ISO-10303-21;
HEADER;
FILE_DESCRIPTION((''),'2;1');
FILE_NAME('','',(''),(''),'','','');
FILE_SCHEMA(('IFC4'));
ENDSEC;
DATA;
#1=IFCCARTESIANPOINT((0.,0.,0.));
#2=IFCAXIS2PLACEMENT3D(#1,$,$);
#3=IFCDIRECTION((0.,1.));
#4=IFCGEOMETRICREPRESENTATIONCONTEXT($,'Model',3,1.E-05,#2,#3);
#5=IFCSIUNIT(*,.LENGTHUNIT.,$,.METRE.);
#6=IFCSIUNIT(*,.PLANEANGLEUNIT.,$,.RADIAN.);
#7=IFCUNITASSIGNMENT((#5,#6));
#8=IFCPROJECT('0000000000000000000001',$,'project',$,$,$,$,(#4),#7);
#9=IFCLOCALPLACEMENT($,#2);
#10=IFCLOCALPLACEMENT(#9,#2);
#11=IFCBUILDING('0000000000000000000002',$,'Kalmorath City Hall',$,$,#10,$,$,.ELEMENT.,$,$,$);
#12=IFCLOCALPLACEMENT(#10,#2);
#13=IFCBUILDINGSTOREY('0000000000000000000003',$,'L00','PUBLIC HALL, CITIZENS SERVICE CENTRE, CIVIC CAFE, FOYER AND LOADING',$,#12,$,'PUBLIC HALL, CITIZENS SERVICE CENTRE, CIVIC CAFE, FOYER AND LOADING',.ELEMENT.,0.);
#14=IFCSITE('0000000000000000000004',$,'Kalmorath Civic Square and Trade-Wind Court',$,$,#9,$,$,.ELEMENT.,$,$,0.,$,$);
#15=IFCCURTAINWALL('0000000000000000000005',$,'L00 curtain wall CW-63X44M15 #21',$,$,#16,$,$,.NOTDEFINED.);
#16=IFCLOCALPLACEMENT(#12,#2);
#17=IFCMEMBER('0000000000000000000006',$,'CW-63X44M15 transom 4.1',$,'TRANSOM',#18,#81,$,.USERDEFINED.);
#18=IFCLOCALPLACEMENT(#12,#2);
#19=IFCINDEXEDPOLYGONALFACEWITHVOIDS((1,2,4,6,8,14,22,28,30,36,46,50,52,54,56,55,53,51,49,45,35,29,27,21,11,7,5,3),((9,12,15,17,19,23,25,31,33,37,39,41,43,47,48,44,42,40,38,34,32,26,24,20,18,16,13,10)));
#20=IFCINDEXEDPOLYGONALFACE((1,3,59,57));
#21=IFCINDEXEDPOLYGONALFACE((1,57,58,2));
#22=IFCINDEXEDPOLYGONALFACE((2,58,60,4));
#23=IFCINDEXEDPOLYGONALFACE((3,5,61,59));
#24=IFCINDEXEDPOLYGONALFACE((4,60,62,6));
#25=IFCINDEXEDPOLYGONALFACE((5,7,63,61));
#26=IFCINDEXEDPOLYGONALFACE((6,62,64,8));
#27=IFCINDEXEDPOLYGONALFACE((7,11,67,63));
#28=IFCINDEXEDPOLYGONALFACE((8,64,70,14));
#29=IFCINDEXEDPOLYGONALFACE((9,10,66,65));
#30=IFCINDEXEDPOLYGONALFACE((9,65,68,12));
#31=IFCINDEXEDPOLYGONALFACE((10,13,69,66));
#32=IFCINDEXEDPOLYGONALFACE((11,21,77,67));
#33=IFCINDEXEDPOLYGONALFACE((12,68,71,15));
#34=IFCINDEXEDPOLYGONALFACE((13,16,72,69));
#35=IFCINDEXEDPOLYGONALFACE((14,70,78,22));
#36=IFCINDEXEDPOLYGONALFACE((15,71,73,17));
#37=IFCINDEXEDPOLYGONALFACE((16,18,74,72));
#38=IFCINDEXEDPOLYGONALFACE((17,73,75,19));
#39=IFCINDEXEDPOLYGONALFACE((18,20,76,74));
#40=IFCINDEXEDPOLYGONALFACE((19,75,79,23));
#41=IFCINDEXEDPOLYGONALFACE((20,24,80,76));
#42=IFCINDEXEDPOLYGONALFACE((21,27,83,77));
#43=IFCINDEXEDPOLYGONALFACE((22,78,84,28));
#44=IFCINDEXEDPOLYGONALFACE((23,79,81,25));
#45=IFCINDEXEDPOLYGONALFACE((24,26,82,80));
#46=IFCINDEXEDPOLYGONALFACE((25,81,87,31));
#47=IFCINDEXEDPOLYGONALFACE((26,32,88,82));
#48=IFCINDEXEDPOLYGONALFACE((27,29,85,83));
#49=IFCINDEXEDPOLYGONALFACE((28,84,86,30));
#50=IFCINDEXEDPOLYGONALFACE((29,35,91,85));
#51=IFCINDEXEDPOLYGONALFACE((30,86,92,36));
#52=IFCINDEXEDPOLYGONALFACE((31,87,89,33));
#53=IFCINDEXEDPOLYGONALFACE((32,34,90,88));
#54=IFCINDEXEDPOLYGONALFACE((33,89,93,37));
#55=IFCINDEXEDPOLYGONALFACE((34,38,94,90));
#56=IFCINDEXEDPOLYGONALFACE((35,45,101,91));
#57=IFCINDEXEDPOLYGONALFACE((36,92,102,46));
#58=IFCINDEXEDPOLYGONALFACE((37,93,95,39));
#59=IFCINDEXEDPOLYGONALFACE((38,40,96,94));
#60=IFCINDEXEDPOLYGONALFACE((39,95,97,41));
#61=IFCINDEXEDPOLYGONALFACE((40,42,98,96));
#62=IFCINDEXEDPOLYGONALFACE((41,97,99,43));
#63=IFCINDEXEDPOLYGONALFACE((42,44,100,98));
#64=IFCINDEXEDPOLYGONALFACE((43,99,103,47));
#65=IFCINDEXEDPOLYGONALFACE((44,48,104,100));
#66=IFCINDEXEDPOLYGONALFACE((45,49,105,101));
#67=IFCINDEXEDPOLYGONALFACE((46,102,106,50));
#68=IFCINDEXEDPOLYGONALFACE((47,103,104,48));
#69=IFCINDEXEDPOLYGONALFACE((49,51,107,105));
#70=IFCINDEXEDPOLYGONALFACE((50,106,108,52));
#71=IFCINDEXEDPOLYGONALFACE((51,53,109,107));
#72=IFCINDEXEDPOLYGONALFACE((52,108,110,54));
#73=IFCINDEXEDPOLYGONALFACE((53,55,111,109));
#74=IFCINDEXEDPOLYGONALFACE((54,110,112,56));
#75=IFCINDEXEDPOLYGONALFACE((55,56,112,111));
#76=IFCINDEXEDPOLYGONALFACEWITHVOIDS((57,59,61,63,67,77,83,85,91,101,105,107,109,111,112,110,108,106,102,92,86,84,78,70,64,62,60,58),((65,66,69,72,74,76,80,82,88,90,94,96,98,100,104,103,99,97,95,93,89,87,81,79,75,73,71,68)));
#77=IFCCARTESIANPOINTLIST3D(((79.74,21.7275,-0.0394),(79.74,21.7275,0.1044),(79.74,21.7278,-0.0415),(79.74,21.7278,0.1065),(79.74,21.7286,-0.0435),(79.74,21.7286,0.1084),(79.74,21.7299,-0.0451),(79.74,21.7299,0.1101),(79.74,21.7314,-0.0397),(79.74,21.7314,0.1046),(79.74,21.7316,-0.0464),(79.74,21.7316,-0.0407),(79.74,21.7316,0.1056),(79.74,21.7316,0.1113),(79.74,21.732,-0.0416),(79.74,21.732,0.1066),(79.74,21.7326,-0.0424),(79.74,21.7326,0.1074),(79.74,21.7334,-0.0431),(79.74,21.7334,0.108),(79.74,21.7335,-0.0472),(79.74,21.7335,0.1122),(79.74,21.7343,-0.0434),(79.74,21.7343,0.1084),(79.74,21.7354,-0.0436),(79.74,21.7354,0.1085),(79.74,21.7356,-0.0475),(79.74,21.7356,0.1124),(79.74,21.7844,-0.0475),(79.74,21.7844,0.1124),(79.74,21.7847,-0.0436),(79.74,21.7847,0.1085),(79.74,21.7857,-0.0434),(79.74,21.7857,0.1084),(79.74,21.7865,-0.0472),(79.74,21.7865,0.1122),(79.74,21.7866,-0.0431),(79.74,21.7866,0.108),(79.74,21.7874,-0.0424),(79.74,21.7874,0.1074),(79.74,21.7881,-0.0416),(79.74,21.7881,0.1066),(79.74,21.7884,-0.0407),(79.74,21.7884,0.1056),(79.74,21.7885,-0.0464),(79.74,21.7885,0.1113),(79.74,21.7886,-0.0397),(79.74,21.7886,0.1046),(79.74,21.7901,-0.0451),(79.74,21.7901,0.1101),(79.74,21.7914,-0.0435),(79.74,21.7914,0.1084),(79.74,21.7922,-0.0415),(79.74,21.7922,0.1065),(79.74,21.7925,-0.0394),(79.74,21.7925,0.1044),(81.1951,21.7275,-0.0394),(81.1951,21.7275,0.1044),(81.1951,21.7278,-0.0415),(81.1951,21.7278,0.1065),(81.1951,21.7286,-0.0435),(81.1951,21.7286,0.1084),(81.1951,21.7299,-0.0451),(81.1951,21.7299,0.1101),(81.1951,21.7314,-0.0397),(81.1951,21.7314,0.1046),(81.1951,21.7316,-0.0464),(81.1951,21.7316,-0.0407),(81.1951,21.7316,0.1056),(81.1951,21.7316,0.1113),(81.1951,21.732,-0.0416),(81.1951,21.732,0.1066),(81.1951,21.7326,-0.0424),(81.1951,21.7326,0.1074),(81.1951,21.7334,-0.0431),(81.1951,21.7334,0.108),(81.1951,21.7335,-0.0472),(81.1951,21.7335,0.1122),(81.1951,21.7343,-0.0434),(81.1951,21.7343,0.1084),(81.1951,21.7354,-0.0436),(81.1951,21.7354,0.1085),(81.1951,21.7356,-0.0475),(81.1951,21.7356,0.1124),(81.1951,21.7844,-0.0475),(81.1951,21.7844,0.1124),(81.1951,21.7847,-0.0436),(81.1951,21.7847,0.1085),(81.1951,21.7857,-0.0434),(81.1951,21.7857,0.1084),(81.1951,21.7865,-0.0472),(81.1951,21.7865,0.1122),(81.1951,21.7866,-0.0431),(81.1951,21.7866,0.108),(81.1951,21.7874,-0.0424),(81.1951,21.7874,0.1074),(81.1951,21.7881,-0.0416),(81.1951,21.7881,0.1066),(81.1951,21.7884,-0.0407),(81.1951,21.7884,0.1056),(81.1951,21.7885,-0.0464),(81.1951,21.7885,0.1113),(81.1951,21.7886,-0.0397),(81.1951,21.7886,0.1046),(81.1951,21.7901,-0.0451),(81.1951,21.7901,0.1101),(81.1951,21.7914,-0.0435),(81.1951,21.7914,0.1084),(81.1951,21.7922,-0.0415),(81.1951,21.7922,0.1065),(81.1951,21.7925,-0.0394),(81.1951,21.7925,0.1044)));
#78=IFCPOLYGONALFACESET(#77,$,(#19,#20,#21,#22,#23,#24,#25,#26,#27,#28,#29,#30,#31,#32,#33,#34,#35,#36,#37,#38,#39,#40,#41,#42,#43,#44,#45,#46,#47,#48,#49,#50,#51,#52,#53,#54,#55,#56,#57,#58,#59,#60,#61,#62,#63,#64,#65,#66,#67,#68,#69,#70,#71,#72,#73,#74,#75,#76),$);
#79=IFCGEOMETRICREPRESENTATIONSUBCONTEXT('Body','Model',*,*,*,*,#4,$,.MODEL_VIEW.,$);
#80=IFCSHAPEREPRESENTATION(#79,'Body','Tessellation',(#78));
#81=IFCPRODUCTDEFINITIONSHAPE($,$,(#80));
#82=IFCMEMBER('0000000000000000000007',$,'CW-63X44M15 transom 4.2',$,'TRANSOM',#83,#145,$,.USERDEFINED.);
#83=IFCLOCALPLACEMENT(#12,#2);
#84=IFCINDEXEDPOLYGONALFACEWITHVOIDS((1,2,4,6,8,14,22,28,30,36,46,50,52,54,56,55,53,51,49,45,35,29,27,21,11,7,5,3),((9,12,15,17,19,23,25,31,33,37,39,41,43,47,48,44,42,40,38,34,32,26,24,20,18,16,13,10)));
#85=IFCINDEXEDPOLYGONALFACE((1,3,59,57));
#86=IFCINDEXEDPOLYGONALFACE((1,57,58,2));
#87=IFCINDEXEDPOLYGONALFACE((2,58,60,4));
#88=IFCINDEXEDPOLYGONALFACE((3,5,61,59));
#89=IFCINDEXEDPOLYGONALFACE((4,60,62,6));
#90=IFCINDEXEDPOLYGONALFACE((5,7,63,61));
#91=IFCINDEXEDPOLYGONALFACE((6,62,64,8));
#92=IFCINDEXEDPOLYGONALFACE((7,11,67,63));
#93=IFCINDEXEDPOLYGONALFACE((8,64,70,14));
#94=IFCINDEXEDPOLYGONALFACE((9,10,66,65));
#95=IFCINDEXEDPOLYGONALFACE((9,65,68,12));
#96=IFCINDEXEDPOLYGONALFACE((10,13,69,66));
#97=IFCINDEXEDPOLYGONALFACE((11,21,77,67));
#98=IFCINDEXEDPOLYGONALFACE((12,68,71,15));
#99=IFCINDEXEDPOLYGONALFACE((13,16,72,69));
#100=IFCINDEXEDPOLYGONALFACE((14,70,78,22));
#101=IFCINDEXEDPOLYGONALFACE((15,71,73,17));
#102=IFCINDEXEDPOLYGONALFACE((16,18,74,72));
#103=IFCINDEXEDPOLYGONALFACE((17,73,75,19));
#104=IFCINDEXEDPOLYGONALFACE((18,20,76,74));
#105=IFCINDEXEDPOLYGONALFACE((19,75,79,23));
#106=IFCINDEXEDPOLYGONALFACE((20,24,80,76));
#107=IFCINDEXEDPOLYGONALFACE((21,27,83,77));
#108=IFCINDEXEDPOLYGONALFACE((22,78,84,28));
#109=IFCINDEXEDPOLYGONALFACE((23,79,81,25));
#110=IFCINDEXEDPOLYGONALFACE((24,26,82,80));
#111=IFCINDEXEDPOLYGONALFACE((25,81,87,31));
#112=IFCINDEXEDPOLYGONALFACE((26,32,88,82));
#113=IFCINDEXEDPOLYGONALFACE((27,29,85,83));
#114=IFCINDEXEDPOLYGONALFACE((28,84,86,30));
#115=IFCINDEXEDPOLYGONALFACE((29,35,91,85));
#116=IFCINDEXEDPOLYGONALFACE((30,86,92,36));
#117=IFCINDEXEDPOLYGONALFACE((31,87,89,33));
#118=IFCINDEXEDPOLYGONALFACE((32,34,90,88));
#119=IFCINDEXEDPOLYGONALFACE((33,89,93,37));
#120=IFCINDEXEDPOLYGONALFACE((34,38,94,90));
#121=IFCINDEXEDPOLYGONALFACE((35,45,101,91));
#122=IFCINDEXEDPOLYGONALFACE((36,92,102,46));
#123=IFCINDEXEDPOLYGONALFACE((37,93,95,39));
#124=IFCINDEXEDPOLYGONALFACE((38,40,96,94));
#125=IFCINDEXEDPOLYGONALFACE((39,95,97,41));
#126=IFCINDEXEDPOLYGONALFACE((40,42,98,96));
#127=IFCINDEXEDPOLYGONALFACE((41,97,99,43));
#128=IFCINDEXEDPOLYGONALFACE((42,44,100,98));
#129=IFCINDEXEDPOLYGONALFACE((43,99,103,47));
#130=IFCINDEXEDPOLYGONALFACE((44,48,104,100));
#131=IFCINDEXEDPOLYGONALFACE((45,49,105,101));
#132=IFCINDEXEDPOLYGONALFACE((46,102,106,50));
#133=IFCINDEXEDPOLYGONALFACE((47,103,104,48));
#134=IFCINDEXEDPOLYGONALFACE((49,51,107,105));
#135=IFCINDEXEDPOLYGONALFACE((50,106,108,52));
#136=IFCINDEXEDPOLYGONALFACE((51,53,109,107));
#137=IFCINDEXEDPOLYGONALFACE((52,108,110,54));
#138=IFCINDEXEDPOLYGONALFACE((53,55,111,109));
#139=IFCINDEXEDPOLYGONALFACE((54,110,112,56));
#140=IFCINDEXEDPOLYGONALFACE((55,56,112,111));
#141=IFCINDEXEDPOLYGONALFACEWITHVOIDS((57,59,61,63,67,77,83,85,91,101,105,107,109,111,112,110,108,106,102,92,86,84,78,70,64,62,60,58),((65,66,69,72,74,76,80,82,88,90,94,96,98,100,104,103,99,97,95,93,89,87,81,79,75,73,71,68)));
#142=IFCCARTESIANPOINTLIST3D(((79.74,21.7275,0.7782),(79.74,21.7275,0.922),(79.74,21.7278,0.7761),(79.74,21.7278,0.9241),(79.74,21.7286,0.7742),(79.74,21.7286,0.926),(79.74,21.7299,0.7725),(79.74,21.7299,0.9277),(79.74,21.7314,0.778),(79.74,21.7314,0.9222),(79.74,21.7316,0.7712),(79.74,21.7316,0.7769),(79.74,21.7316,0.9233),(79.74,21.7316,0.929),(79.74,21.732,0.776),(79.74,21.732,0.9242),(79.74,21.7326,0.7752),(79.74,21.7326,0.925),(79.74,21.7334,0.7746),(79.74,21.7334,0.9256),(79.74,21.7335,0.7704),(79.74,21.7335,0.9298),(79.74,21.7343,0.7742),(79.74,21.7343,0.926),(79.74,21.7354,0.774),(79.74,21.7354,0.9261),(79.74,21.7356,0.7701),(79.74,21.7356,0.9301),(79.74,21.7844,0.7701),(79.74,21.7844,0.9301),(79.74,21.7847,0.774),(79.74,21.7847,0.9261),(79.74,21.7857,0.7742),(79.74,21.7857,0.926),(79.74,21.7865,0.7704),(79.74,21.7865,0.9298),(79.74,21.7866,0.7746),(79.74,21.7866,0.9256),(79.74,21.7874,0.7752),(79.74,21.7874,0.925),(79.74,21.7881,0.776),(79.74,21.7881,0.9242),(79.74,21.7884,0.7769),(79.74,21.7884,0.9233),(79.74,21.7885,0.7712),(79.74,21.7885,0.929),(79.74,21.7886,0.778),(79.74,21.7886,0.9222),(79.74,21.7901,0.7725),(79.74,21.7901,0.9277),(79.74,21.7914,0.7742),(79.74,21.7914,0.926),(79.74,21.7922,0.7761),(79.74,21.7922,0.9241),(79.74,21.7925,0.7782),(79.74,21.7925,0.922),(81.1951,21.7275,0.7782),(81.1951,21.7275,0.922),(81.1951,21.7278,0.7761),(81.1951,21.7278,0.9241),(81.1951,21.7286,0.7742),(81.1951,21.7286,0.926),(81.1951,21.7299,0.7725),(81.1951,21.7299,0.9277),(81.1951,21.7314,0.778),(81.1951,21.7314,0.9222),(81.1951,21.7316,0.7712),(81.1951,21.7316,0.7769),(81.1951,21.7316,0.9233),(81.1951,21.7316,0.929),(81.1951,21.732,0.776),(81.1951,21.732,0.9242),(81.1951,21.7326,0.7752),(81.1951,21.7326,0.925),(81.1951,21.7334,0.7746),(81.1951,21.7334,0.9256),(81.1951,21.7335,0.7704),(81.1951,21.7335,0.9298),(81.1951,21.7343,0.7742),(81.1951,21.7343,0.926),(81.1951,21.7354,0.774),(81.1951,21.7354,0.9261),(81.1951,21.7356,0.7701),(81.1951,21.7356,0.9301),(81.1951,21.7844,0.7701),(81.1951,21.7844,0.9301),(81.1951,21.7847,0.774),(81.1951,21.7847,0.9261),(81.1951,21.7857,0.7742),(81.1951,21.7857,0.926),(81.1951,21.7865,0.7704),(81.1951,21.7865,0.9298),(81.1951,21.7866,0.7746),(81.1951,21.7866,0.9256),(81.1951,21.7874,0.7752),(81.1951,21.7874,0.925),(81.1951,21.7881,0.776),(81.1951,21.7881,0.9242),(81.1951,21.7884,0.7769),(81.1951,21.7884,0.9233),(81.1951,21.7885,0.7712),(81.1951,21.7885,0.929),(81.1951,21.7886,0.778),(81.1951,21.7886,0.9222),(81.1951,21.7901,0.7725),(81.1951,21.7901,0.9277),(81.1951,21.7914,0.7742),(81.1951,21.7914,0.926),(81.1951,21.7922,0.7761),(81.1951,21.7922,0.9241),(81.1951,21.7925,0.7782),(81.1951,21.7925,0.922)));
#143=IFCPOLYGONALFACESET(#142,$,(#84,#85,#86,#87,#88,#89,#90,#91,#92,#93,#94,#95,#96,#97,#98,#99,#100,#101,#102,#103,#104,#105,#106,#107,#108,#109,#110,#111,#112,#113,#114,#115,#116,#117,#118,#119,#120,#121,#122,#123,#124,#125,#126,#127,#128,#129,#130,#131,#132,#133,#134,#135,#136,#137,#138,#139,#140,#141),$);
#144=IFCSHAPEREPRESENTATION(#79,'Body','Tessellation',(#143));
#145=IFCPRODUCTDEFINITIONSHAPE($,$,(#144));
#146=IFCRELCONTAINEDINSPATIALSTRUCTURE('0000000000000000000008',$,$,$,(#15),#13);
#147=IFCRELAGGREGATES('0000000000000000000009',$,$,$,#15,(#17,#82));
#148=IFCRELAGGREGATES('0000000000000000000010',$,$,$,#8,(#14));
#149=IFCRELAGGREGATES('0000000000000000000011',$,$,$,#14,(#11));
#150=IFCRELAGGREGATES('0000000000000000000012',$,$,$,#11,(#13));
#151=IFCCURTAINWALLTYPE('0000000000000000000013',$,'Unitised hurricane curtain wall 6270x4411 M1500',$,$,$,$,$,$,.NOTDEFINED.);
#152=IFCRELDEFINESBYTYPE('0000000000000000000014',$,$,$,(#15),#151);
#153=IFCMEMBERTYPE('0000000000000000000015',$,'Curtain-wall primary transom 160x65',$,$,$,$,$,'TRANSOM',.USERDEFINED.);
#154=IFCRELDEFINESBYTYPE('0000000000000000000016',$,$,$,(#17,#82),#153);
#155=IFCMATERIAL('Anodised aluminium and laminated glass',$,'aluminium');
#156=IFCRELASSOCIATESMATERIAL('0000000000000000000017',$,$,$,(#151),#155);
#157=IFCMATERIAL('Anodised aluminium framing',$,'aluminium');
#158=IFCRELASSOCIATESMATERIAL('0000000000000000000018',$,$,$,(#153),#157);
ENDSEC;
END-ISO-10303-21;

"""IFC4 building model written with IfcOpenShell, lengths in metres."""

from ifc_helpers import new_model, si_unit, direction, frame, origin, origin_2d, place, context, subcontext, project, spatial, hollow_rectangle, extrude, material, material_profile, profile_set, type_object, element, aggregate, save


model = new_model("IFC4")

# Units and contexts
model_context = context("Model", 3, precision=1e-05, world=origin(), true_north=direction((0.0, 1.0)))
body_context = subcontext(model_context, "Body", "Model", "MODEL_VIEW")
ifc_project = project(units=[si_unit("LENGTHUNIT", "METRE"), si_unit("PLANEANGLEUNIT", "RADIAN")], contexts=[model_context])

# Site, building, storey
site_placement = place(None, origin())
site = spatial("IfcSite", under=ifc_project, at=site_placement, Name="Kalmorath Civic Square and Trade-Wind Court", CompositionType="ELEMENT", RefElevation=0.0)
building_placement = place(site_placement, origin())
building = spatial("IfcBuilding", under=site, at=building_placement, Name="Kalmorath City Hall", CompositionType="ELEMENT")
storey_placement = place(building_placement, origin())
storey = spatial("IfcBuildingStorey", under=building, at=storey_placement, Name="L00", Description="PUBLIC HALL, CITIZENS SERVICE CENTRE, CIVIC CAFE, FOYER AND LOADING", LongName="PUBLIC HALL, CITIZENS SERVICE CENTRE, CIVIC CAFE, FOYER AND LOADING", CompositionType="ELEMENT", Elevation=0.0)

# Curtain wall
ifc_material_1 = material(Name="Anodised aluminium and laminated glass", Category="aluminium")
curtain_wall_type_1 = type_object("IfcCurtainWallType", Name="Unitised hurricane curtain wall 6270x4411 M1500", PredefinedType="NOTDEFINED", material=ifc_material_1)
curtain_wall_1_placement = place(storey_placement, origin())
curtain_wall_1 = element("IfcCurtainWall", 1, at=curtain_wall_1_placement, inside=storey, type_object=curtain_wall_type_1, Name="L00 curtain wall CW-63X44M15 #21", PredefinedType="NOTDEFINED")

# Members
ifc_material_2 = material(Name="Anodised aluminium framing", Category="aluminium")
ifc_material_profile_1 = material_profile(ifc_material_2, hollow_rectangle(XDim=0.0649, YDim=0.1599, WallThickness=0.0039, InnerFilletRadius=0.0039, OuterFilletRadius=0.0081, at=origin_2d()), Name="ALU-TRN-160X65X4")
ifc_profile_set_1 = profile_set([ifc_material_profile_1], Name="Anodised aluminium framing")
member_type_1 = type_object("IfcMemberType", Name="Curtain-wall primary transom 160x65", ElementType="TRANSOM", PredefinedType="USERDEFINED", material=ifc_profile_set_1)
member_1_placement = place(storey_placement, frame((81.1951, 21.76, 0.0325), z_axis=(-1.0, 0.0, 0.0), x_axis=(0.0, -1.0, 0.0)))
member_1 = element("IfcMember", 2, at=member_1_placement, type_object=member_type_1, Name="CW-63X44M15 transom 4.1", ObjectType="TRANSOM", PredefinedType="USERDEFINED", context=body_context, shape_type="SweptSolid", body=[
    extrude(hollow_rectangle(XDim=0.0649, YDim=0.1599, WallThickness=0.0039, InnerFilletRadius=0.0039, OuterFilletRadius=0.0081, at=origin_2d()), origin(), (0.0, 0.0, 1.0), 1.4551),
])
member_2_placement = place(storey_placement, frame((81.1951, 21.76, 0.8501), z_axis=(-1.0, 0.0, 0.0), x_axis=(0.0, -1.0, 0.0)))
member_2 = element("IfcMember", 3, at=member_2_placement, type_object=member_type_1, Name="CW-63X44M15 transom 4.2", ObjectType="TRANSOM", PredefinedType="USERDEFINED", context=body_context, shape_type="SweptSolid", body=[
    extrude(hollow_rectangle(XDim=0.0649, YDim=0.1599, WallThickness=0.0039, InnerFilletRadius=0.0039, OuterFilletRadius=0.0081, at=origin_2d()), origin(), (0.0, 0.0, 1.0), 1.4551),
])

aggregate(curtain_wall_1, [member_1, member_2])

save(model, "model.ifc")
